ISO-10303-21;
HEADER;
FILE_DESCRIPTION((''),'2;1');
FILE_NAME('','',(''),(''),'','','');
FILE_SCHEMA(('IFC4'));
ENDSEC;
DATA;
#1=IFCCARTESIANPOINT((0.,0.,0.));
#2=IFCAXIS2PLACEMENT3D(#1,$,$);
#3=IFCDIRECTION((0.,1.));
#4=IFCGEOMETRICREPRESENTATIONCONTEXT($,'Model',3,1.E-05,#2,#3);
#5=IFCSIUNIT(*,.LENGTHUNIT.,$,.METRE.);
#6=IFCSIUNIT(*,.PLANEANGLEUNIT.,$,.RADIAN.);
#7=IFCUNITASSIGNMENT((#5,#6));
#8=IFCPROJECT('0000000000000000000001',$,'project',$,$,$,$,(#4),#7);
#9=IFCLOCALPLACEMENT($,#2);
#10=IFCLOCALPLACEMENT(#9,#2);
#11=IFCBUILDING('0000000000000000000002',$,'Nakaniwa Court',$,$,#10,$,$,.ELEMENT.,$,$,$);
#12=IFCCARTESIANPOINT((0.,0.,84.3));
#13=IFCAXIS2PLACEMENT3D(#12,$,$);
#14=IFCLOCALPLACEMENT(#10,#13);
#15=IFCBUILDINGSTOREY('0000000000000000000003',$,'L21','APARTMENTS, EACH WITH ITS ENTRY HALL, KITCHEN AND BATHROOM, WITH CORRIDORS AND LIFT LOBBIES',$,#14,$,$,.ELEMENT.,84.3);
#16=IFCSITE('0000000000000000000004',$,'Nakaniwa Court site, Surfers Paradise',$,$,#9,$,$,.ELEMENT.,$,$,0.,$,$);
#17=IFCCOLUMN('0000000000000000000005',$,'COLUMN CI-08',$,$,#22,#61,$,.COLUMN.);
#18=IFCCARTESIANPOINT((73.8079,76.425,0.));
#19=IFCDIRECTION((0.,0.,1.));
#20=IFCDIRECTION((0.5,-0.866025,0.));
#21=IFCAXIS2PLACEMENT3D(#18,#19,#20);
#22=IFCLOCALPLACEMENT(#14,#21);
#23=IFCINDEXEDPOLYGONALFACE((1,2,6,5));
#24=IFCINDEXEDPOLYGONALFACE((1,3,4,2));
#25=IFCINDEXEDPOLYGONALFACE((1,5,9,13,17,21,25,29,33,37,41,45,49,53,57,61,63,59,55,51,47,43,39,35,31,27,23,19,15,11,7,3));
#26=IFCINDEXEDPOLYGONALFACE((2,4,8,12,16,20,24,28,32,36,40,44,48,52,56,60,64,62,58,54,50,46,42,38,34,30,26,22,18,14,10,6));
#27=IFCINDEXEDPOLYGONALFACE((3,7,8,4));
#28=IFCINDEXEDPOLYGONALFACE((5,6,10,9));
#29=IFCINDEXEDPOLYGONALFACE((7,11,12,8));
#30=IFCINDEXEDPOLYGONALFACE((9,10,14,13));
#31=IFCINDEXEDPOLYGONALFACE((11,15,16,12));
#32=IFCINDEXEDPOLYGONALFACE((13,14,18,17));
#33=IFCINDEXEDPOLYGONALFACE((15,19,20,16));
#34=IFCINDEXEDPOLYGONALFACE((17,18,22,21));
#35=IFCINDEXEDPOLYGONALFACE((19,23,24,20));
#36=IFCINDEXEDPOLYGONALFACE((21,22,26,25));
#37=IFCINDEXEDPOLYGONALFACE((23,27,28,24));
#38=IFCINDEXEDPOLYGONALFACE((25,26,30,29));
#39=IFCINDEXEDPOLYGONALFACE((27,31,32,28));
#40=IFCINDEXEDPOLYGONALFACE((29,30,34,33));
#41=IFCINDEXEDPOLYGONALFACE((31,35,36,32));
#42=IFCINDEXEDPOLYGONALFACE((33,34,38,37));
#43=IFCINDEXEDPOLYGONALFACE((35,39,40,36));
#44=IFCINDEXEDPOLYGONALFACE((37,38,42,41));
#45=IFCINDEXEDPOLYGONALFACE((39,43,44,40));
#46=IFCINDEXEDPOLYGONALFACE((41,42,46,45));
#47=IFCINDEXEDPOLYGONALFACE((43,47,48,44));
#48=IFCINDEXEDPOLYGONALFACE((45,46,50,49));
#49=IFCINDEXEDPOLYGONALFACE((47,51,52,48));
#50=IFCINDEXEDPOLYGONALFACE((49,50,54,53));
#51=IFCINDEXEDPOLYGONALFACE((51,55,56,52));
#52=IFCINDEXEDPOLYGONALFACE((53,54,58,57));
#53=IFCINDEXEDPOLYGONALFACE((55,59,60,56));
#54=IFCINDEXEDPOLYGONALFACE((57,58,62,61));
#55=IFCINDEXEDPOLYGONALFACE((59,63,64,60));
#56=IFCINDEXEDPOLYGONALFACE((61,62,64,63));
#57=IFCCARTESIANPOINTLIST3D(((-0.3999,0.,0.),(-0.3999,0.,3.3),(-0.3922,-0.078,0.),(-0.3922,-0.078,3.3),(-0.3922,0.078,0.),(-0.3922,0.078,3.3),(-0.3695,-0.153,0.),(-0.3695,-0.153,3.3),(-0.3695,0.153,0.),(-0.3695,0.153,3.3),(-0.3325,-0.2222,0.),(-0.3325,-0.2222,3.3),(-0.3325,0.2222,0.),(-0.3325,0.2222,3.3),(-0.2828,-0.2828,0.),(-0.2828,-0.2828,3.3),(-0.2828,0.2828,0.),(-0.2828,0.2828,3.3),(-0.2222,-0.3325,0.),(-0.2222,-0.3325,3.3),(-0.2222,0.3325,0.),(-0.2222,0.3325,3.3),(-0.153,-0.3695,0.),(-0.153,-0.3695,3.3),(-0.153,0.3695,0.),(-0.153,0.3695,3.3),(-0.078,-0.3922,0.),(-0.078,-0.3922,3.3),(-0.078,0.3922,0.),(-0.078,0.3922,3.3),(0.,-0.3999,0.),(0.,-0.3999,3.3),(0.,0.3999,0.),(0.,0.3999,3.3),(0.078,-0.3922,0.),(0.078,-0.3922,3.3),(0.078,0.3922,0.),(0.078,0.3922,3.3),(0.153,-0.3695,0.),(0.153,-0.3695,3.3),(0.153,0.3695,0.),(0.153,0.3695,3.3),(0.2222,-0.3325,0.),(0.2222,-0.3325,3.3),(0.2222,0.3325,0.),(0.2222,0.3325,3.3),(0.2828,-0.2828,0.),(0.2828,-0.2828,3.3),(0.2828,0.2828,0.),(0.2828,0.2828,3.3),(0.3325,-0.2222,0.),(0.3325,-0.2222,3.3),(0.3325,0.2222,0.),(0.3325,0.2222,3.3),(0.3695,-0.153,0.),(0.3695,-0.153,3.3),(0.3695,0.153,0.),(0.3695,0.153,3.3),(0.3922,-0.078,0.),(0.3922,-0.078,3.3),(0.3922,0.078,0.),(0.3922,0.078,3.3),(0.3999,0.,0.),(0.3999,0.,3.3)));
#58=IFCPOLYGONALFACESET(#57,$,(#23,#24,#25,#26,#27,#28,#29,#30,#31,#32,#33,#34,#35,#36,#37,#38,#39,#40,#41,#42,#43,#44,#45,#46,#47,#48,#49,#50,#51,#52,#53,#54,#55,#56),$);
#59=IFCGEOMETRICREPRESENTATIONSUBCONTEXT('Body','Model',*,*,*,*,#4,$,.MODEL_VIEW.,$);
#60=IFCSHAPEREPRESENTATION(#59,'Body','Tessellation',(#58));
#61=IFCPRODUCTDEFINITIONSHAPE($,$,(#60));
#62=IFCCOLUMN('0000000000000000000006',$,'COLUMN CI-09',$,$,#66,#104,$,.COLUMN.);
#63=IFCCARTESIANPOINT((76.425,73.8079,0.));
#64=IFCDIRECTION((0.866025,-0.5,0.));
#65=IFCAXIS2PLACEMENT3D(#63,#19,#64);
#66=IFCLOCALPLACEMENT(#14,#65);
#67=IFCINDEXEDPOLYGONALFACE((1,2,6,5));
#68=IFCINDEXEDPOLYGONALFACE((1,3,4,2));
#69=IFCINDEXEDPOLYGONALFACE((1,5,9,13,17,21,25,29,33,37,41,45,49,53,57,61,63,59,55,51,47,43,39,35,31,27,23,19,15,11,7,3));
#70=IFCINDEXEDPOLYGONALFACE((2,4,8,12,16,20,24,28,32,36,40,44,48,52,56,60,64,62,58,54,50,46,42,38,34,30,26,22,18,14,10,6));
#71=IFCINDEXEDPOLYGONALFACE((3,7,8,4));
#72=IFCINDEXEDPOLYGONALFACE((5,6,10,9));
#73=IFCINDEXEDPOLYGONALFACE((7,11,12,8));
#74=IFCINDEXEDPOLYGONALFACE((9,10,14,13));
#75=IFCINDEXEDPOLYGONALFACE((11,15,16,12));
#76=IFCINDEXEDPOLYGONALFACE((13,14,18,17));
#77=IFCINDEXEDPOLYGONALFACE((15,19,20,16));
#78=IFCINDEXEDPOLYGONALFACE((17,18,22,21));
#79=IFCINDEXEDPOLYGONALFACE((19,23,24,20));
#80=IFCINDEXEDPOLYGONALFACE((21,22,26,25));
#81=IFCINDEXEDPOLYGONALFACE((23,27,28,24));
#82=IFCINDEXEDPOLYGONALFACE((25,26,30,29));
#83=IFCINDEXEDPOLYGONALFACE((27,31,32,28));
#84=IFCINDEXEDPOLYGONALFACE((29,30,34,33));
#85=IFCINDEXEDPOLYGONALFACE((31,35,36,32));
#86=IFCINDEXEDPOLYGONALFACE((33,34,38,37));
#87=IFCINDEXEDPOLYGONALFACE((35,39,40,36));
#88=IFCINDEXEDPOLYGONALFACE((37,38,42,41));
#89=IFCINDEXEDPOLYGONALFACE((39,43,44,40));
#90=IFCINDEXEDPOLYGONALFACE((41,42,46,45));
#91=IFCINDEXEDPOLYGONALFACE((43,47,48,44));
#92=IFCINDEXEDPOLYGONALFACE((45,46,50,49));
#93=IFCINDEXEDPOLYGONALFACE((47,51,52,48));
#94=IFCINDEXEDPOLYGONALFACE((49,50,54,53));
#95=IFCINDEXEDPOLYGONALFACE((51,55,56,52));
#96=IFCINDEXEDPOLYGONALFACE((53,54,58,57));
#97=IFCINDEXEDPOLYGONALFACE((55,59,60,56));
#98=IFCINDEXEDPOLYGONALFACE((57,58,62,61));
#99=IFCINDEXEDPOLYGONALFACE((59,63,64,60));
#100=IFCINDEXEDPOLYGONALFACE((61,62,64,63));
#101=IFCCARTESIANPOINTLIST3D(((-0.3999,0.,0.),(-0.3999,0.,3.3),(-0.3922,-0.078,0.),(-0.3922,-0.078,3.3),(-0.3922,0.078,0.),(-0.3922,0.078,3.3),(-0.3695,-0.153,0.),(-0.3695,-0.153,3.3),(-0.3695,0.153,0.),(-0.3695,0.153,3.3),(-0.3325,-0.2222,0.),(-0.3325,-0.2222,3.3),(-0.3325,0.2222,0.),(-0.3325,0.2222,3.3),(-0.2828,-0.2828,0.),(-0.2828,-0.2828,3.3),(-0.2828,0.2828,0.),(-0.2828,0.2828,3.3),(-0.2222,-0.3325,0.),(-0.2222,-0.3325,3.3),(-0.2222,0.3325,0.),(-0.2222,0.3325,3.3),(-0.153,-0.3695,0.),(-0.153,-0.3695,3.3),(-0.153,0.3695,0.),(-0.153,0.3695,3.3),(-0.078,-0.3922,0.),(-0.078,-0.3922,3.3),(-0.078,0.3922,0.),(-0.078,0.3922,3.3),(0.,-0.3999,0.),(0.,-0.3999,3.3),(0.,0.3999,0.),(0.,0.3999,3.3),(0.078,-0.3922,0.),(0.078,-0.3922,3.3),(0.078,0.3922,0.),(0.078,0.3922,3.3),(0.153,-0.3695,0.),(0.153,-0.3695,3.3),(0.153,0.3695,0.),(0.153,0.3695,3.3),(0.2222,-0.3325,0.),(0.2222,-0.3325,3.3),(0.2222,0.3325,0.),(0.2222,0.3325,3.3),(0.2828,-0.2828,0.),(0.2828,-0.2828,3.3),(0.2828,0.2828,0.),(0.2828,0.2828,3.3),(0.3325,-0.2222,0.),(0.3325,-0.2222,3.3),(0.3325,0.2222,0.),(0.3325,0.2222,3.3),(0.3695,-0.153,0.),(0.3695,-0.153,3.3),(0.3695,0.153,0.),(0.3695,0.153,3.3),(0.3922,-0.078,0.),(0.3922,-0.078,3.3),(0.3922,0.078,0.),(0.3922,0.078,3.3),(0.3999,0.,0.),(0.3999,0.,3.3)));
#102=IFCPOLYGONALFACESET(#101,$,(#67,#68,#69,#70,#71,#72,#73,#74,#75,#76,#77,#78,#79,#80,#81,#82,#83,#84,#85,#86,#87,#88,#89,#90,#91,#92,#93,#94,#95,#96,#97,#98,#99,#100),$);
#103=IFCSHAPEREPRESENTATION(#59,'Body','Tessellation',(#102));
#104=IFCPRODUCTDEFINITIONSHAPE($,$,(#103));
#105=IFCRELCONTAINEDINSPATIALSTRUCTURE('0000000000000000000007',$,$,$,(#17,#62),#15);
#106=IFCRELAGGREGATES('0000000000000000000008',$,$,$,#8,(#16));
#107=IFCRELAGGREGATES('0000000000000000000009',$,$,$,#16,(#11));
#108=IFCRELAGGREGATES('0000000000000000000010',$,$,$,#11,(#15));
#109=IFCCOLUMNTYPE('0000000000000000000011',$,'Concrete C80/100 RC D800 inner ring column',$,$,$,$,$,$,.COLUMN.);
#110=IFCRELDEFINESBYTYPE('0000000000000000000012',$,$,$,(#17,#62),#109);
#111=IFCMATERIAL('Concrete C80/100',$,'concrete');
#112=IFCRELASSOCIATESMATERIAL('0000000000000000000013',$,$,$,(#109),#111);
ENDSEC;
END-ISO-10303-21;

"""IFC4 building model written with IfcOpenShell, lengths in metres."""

from ifc_helpers import new_model, si_unit, direction, frame, origin, origin_2d, place, context, subcontext, project, spatial, circle, extrude, material, material_profile, profile_set, type_object, element, save


model = new_model("IFC4")

# Units and contexts
model_context = context("Model", 3, precision=1e-05, world=origin(), true_north=direction((0.0, 1.0)))
body_context = subcontext(model_context, "Body", "Model", "MODEL_VIEW")
ifc_project = project(units=[si_unit("LENGTHUNIT", "METRE"), si_unit("PLANEANGLEUNIT", "RADIAN")], contexts=[model_context])

# Site, building, storey
site_placement = place(None, origin())
site = spatial("IfcSite", under=ifc_project, at=site_placement, Name="Nakaniwa Court site, Surfers Paradise", CompositionType="ELEMENT", RefElevation=0.0)
building_placement = place(site_placement, origin())
building = spatial("IfcBuilding", under=site, at=building_placement, Name="Nakaniwa Court", CompositionType="ELEMENT")
storey_placement = place(building_placement, frame((0.0, 0.0, 84.3)))
storey = spatial("IfcBuildingStorey", under=building, at=storey_placement, Name="L21", Description="APARTMENTS, EACH WITH ITS ENTRY HALL, KITCHEN AND BATHROOM, WITH CORRIDORS AND LIFT LOBBIES", CompositionType="ELEMENT", Elevation=84.3)

# Columns
ifc_material_1 = material(Name="Concrete C80/100", Category="concrete")
ifc_material_profile_1 = material_profile(ifc_material_1, circle(Radius=0.3999, at=origin_2d()), Name="Concrete C80/100 RC D800 inner ring column")
ifc_profile_set_1 = profile_set([ifc_material_profile_1], Name="Concrete C80/100")
column_type_1 = type_object("IfcColumnType", Name="Concrete C80/100 RC D800 inner ring column", PredefinedType="COLUMN", material=ifc_profile_set_1)
for number, where, z_axis, x_axis, name in (
    (1, (73.8079, 76.425, 0.0), (0.0, 0.0, 1.0), (0.5, -0.866025, 0.0), "COLUMN CI-08"),
    (2, (76.425, 73.8079, 0.0), (0.0, 0.0, 1.0), (0.866025, -0.5, 0.0), "COLUMN CI-09"),
):
    element("IfcColumn", number, at=place(storey_placement, frame(where, z_axis=z_axis, x_axis=x_axis)), inside=storey, type_object=column_type_1, Name=name, PredefinedType="COLUMN", context=body_context, shape_type="SweptSolid", body=[
        extrude(circle(Radius=0.3999, at=origin_2d()), origin(), (0.0, 0.0, 1.0), 3.3),
    ])

save(model, "model.ifc")
